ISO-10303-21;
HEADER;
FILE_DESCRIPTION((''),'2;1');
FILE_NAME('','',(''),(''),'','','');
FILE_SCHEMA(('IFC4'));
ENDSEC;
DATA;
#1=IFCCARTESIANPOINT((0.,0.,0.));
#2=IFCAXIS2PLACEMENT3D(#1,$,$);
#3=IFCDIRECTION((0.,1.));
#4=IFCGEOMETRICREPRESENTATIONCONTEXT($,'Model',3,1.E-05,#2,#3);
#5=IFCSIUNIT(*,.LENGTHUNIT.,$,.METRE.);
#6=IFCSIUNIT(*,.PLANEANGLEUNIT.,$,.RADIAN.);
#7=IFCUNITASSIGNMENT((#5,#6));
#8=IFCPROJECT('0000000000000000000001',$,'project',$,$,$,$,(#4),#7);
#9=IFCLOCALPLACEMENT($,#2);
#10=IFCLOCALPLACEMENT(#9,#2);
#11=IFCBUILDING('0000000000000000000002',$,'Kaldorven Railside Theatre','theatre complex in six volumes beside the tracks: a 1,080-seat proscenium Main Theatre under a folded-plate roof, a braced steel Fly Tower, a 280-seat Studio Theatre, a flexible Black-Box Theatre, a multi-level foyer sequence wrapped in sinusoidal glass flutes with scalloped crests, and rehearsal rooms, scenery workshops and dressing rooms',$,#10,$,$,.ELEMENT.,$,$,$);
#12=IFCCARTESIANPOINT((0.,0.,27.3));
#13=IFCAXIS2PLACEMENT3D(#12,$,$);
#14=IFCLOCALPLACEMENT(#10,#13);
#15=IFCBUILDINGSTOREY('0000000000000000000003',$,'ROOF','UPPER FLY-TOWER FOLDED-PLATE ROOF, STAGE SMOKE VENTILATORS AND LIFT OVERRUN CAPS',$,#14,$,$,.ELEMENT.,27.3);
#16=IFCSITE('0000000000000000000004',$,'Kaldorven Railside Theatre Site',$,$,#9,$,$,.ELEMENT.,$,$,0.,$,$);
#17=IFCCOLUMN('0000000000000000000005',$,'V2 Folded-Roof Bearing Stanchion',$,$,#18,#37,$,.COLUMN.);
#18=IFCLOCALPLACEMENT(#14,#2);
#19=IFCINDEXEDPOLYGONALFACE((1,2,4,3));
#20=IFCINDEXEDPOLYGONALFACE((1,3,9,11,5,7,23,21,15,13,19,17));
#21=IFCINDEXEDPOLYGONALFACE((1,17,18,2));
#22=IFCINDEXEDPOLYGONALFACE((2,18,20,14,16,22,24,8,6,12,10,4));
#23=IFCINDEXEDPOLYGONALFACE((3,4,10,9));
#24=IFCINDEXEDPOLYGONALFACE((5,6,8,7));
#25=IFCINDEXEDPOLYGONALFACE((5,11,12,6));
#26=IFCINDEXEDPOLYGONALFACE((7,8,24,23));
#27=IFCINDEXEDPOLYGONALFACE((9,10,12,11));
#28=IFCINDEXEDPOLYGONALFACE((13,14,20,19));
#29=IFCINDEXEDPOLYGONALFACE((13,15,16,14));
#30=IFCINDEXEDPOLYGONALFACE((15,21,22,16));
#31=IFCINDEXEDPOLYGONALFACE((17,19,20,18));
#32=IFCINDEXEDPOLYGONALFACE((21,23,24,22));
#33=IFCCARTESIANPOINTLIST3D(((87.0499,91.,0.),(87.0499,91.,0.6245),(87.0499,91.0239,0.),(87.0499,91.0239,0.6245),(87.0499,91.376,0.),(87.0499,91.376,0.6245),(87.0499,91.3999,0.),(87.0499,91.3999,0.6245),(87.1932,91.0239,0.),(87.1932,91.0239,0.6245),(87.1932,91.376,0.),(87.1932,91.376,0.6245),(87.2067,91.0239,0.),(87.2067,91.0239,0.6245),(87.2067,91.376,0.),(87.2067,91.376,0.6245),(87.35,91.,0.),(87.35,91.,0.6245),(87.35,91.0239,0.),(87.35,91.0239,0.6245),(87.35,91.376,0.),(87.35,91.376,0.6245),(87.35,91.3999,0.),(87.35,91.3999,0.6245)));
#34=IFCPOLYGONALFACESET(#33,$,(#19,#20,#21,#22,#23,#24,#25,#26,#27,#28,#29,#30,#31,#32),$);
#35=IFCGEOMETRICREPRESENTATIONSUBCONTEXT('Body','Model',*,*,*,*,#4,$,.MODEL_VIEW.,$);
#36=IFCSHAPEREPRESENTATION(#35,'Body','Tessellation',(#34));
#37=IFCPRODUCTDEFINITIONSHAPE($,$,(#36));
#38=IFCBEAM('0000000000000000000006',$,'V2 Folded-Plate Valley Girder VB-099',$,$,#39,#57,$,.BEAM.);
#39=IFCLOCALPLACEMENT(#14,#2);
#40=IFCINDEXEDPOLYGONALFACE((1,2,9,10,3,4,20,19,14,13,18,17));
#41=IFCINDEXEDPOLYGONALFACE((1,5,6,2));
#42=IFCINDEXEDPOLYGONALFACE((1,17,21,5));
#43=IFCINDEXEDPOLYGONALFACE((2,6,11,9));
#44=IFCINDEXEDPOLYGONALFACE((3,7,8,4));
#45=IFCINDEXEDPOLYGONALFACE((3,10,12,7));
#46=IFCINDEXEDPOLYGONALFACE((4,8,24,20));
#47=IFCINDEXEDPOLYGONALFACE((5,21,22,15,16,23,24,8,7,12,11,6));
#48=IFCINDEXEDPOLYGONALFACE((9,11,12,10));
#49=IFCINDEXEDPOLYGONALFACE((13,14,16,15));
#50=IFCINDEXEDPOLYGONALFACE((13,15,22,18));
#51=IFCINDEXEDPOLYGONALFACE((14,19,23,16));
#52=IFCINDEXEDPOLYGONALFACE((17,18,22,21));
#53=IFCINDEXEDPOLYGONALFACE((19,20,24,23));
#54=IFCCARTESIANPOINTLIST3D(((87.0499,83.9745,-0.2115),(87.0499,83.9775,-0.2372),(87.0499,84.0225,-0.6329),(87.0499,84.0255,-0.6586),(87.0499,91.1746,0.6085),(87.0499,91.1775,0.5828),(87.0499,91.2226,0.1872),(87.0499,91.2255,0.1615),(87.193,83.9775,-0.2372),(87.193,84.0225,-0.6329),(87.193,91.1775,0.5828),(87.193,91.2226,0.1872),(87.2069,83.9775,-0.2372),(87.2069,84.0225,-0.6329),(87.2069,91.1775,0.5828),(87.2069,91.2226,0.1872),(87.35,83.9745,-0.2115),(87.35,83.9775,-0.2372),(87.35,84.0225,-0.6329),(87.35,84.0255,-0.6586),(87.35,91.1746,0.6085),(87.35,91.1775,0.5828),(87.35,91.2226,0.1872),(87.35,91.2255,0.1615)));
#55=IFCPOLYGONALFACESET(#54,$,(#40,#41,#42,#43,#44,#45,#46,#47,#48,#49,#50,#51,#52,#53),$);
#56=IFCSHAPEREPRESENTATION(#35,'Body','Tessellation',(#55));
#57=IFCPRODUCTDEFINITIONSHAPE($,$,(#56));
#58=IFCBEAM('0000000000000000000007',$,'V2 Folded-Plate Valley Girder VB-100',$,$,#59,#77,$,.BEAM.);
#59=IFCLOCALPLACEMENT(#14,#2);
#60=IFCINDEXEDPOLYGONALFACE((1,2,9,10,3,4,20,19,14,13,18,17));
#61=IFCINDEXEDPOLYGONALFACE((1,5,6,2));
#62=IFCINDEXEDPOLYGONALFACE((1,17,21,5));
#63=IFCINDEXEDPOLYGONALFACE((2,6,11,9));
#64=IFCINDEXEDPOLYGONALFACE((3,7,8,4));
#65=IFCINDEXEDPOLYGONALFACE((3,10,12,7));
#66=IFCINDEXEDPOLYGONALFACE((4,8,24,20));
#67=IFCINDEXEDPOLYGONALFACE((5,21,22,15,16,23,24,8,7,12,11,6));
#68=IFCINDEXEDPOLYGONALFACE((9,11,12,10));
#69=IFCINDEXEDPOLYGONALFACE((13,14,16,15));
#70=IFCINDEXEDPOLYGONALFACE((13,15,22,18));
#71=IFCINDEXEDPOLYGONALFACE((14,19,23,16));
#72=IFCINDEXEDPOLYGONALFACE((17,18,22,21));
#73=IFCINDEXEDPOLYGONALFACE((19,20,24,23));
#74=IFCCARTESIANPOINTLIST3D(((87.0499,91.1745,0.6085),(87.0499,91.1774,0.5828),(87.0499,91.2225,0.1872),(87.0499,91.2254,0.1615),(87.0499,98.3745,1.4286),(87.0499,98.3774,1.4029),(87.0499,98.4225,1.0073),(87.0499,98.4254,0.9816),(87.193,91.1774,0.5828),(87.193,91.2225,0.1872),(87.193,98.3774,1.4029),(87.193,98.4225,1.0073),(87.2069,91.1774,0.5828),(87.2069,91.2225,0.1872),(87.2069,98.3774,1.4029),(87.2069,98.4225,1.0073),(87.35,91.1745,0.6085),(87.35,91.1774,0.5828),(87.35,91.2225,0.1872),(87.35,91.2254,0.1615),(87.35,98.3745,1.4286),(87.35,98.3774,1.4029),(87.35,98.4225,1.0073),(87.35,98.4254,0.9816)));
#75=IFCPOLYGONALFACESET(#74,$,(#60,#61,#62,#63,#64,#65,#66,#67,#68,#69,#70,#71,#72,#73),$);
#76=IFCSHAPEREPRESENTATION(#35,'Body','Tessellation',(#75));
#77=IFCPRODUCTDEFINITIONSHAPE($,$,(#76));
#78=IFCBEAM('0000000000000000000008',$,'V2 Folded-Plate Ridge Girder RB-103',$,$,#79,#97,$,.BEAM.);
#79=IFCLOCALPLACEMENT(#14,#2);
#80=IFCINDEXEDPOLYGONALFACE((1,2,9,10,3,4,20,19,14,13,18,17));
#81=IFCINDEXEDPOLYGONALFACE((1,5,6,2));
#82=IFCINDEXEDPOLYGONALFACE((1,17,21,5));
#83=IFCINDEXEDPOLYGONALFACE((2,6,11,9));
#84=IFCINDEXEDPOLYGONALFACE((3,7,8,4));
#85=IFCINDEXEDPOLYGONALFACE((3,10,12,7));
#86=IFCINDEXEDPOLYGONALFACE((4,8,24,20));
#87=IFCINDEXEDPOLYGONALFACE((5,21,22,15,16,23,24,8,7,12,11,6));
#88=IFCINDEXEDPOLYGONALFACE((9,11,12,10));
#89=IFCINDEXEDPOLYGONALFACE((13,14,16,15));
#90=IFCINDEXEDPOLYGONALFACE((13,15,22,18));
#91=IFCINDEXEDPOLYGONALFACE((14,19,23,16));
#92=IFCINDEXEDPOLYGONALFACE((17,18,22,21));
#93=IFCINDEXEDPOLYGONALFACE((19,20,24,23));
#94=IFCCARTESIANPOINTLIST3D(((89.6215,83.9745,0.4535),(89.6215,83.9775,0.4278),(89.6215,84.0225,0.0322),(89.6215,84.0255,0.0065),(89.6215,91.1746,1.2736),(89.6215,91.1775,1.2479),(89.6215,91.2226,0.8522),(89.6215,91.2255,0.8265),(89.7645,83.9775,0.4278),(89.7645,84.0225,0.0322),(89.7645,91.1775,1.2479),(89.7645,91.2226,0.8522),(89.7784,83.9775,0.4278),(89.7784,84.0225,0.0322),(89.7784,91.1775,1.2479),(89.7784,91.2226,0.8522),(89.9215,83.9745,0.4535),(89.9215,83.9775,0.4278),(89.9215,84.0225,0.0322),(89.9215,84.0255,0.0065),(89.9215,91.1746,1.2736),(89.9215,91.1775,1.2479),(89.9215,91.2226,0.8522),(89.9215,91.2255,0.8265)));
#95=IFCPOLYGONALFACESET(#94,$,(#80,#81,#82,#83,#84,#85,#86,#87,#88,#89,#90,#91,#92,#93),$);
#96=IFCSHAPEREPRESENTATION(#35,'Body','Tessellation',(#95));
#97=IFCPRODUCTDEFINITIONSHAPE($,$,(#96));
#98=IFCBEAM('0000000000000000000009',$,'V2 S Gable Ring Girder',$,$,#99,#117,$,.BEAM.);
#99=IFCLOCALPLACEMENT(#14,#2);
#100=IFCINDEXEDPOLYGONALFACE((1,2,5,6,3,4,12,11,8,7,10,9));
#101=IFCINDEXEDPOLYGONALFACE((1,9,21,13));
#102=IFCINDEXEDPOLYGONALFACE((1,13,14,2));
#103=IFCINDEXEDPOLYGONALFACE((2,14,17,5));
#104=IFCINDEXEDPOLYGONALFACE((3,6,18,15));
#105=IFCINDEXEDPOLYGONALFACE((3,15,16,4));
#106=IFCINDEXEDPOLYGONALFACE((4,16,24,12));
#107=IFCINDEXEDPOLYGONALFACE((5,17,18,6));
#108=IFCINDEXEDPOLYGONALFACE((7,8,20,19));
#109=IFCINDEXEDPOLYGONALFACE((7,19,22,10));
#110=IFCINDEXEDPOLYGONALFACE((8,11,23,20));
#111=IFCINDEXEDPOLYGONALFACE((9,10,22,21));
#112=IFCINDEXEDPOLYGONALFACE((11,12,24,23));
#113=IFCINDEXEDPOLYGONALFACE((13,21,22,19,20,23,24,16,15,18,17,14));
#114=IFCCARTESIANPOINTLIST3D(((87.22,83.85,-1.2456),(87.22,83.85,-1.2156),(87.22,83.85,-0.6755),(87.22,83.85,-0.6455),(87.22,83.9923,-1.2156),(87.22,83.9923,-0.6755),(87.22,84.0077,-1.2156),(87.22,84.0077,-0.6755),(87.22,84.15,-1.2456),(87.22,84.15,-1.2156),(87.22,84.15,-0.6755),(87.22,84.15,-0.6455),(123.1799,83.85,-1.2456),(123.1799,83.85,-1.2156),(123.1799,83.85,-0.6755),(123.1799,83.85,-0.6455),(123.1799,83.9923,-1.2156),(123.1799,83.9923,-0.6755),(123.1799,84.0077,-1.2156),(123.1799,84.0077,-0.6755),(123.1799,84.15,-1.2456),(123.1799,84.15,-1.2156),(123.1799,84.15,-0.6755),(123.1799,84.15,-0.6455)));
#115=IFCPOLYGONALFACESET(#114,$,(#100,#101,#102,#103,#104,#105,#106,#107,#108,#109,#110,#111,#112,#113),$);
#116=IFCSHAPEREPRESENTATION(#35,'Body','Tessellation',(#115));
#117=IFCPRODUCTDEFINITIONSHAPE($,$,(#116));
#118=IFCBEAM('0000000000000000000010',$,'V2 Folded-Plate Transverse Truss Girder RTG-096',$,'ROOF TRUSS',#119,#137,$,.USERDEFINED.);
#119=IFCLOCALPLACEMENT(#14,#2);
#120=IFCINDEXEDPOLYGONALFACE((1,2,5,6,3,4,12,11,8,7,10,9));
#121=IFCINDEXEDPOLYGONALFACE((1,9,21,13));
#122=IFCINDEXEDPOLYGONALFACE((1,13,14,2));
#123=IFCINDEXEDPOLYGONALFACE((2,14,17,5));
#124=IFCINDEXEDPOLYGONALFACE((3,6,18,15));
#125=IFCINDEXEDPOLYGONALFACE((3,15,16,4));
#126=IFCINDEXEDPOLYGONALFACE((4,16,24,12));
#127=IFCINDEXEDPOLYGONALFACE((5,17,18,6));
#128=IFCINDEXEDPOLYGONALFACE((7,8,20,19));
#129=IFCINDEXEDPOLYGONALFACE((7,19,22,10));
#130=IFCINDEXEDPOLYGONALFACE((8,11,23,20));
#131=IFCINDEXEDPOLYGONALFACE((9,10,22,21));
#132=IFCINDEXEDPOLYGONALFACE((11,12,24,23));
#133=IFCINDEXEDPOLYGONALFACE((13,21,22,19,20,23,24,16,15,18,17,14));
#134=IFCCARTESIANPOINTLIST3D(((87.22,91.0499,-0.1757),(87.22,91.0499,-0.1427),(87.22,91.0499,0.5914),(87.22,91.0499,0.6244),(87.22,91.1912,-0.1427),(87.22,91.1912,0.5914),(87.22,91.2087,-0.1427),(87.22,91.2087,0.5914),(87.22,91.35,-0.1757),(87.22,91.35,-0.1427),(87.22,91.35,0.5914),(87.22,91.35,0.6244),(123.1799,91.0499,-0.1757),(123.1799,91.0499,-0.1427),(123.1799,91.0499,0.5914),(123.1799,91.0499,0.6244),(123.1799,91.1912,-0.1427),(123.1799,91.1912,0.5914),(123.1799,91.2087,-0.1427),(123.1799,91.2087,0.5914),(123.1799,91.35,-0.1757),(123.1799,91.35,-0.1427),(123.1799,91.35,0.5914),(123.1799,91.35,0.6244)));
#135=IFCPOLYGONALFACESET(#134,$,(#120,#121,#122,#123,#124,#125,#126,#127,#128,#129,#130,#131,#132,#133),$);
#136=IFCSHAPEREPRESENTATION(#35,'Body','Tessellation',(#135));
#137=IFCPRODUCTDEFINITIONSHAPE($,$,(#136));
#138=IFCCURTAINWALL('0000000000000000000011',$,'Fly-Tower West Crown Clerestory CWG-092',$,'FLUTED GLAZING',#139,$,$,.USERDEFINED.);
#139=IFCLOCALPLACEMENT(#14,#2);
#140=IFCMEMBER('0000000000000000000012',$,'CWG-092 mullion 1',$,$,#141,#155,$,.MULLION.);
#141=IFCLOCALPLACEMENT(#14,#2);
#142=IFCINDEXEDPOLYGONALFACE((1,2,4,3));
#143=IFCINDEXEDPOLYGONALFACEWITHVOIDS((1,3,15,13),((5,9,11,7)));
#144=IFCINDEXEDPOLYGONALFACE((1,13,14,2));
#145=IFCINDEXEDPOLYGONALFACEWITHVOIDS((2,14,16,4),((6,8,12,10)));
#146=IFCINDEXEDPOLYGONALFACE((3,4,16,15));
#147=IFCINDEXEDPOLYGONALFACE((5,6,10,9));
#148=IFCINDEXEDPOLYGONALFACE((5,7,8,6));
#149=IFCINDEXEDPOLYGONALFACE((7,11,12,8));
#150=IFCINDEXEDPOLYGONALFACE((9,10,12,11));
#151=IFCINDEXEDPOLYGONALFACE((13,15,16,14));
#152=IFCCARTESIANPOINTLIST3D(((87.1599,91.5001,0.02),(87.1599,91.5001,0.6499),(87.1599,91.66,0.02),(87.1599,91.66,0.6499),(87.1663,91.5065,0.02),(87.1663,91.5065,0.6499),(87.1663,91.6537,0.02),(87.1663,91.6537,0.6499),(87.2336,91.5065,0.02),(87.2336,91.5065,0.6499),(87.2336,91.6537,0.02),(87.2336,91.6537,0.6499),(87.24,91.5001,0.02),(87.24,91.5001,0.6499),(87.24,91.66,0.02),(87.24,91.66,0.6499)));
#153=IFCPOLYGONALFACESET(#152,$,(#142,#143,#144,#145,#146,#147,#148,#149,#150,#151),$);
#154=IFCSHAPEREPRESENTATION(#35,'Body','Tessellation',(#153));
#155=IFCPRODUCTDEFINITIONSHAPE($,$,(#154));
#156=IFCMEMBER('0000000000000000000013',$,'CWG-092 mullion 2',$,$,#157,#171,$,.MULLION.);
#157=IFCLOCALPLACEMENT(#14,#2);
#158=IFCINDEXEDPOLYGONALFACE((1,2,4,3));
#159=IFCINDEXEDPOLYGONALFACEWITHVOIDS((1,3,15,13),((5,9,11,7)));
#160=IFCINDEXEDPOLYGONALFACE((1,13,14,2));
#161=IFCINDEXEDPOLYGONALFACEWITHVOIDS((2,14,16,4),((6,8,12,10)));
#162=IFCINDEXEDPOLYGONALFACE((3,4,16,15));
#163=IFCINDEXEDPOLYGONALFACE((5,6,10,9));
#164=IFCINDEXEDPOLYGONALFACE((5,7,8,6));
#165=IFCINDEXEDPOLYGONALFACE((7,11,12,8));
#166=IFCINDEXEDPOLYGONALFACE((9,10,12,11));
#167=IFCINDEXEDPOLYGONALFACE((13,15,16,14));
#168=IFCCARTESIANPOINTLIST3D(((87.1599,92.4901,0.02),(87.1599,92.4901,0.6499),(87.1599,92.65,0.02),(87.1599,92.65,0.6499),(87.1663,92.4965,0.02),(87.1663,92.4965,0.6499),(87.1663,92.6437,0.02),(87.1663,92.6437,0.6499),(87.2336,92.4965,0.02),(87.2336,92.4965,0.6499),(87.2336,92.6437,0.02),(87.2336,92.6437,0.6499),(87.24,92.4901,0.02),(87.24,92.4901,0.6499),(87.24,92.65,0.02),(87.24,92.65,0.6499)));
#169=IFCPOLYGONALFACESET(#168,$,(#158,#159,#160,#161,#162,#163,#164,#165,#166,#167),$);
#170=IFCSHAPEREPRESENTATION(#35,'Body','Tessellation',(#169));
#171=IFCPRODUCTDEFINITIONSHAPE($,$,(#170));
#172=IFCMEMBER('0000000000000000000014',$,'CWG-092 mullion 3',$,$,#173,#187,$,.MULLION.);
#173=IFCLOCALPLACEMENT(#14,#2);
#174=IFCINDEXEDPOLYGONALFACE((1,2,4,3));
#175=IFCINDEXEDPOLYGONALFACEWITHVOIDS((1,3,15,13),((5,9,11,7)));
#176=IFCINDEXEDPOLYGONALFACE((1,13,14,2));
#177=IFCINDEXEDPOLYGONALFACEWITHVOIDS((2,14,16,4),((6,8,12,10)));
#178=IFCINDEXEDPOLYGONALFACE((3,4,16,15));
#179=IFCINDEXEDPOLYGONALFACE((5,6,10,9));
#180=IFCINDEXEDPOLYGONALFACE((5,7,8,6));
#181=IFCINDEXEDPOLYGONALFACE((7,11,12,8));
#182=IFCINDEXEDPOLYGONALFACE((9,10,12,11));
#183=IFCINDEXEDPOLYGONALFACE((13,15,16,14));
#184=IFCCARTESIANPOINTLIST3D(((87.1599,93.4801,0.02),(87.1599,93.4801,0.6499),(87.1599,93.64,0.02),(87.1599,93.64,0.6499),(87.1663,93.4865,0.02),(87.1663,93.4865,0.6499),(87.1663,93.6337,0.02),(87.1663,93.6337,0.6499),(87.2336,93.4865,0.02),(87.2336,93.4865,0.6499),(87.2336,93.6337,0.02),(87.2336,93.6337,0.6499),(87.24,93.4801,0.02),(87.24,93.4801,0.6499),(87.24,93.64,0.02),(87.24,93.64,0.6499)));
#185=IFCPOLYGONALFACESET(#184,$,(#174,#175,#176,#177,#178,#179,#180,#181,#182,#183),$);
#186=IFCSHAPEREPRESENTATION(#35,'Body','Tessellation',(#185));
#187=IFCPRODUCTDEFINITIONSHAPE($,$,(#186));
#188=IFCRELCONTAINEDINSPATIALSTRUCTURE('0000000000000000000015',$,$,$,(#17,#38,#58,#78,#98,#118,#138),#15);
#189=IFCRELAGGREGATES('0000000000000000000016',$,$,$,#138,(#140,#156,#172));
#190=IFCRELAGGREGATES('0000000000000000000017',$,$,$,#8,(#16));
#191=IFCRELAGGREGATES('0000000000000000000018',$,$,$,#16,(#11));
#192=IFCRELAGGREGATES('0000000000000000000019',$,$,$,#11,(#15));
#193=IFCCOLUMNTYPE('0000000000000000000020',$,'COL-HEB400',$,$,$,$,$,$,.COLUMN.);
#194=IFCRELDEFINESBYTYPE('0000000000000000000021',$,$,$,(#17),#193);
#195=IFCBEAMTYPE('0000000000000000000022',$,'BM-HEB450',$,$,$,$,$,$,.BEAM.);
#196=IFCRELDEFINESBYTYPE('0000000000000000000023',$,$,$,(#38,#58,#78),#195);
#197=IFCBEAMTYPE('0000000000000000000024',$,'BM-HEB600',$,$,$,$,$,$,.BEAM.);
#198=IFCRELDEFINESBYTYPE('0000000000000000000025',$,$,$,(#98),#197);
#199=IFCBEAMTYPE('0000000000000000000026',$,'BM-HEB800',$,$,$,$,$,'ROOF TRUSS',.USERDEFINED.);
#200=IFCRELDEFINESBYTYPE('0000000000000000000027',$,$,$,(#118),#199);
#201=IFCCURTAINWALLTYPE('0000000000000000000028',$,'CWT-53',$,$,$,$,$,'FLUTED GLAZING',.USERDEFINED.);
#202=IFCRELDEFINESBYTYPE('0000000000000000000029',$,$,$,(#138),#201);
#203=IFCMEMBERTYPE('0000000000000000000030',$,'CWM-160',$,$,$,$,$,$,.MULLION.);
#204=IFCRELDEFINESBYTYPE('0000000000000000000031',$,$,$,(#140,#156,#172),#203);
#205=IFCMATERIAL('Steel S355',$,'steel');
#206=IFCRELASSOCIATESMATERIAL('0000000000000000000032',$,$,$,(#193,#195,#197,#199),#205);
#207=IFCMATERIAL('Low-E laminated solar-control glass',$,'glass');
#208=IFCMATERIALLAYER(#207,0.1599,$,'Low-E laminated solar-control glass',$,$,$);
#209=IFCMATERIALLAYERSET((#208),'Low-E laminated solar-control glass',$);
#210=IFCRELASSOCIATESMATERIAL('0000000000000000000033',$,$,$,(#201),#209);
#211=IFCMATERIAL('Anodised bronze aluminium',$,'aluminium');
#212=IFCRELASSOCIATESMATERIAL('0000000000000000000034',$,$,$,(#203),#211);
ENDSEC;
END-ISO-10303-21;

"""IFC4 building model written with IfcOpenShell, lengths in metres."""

from ifc_helpers import new_model, si_unit, direction, frame, origin, origin_2d, place, context, subcontext, project, spatial, hollow_rectangle, i_section, extrude, material, layer, layer_set, material_profile, profile_set, type_object, element, aggregate, save


model = new_model("IFC4")

# Units and contexts
model_context = context("Model", 3, precision=1e-05, world=origin(), true_north=direction((0.0, 1.0)))
body_context = subcontext(model_context, "Body", "Model", "MODEL_VIEW")
ifc_project = project(units=[si_unit("LENGTHUNIT", "METRE"), si_unit("PLANEANGLEUNIT", "RADIAN")], contexts=[model_context])

# Site, building, storey
site_placement = place(None, origin())
site = spatial("IfcSite", under=ifc_project, at=site_placement, Name="Kaldorven Railside Theatre Site", CompositionType="ELEMENT", RefElevation=0.0)
building_placement = place(site_placement, origin())
building = spatial("IfcBuilding", under=site, at=building_placement, Name="Kaldorven Railside Theatre", Description="theatre complex in six volumes beside the tracks: a 1,080-seat proscenium Main Theatre under a folded-plate roof, a braced steel Fly Tower, a 280-seat Studio Theatre, a flexible Black-Box Theatre, a multi-level foyer sequence wrapped in sinusoidal glass flutes with scalloped crests, and rehearsal rooms, scenery workshops and dressing rooms", CompositionType="ELEMENT")
storey_placement = place(building_placement, frame((0.0, 0.0, 27.3)))
storey = spatial("IfcBuildingStorey", under=building, at=storey_placement, Name="ROOF", Description="UPPER FLY-TOWER FOLDED-PLATE ROOF, STAGE SMOKE VENTILATORS AND LIFT OVERRUN CAPS", CompositionType="ELEMENT", Elevation=27.3)

# Column
ifc_material_1 = material(Name="Steel S355", Category="steel")
ifc_material_profile_1 = material_profile(ifc_material_1, i_section(OverallWidth=0.3, OverallDepth=0.3999, WebThickness=0.0134, FlangeThickness=0.0239, at=origin_2d()), Name="HEB 400")
ifc_profile_set_1 = profile_set([ifc_material_profile_1], Name="Steel S355")
column_type = type_object("IfcColumnType", Name="COL-HEB400", PredefinedType="COLUMN", material=ifc_profile_set_1)
column_placement = place(storey_placement, frame((87.2, 91.2, 0.0), z_axis=(0.0, 0.0, 1.0), x_axis=(1.0, 0.0, 0.0)))
element("IfcColumn", 1, at=column_placement, inside=storey, type_object=column_type, Name="V2 Folded-Roof Bearing Stanchion", PredefinedType="COLUMN", context=body_context, shape_type="SweptSolid", body=[
    extrude(i_section(OverallWidth=0.3, OverallDepth=0.3999, WebThickness=0.0134, FlangeThickness=0.0239, at=origin_2d()), origin(), (0.0, 0.0, 1.0), 0.6245),
])

# Beams
ifc_material_profile_2 = material_profile(ifc_material_1, i_section(OverallWidth=0.3, OverallDepth=0.45, WebThickness=0.0139, FlangeThickness=0.0259, at=origin_2d()), Name="HEB 450")
ifc_profile_set_2 = profile_set([ifc_material_profile_2], Name="Steel S355")
beam_type_1 = type_object("IfcBeamType", Name="BM-HEB450", PredefinedType="BEAM", material=ifc_profile_set_2)
for number, where, z_axis, x_axis, name in (
    (2, (87.2, 84.0, -0.4351), (0.0, 0.993576, 0.113167), (-1.0, 0.0, 0.0), "V2 Folded-Plate Valley Girder VB-099"),
    (3, (87.2, 91.2, 0.385), (0.0, 0.993576, 0.113167), (-1.0, 0.0, 0.0), "V2 Folded-Plate Valley Girder VB-100"),
    (4, (89.7715, 84.0, 0.23), (0.0, 0.993576, 0.113167), (-1.0, 0.0, 0.0), "V2 Folded-Plate Ridge Girder RB-103"),
):
    element("IfcBeam", number, at=place(storey_placement, frame(where, z_axis=z_axis, x_axis=x_axis)), inside=storey, type_object=beam_type_1, Name=name, PredefinedType="BEAM", context=body_context, shape_type="SweptSolid", body=[
        extrude(i_section(OverallWidth=0.3, OverallDepth=0.45, WebThickness=0.0139, FlangeThickness=0.0259, at=origin_2d()), origin(), (0.0, 0.0, 1.0), 7.2466),
    ])
ifc_material_profile_3 = material_profile(ifc_material_1, i_section(OverallWidth=0.3, OverallDepth=0.6001, WebThickness=0.0154, FlangeThickness=0.03, at=origin_2d()), Name="HEB 600")
ifc_profile_set_3 = profile_set([ifc_material_profile_3], Name="Steel S355")
beam_type_2 = type_object("IfcBeamType", Name="BM-HEB600", PredefinedType="BEAM", material=ifc_profile_set_3)
beam_1_placement = place(storey_placement, frame((87.22, 84.0, -0.9456), z_axis=(1.0, 0.0, 0.0), x_axis=(0.0, 1.0, 0.0)))
element("IfcBeam", 5, at=beam_1_placement, inside=storey, type_object=beam_type_2, Name="V2 S Gable Ring Girder", PredefinedType="BEAM", context=body_context, shape_type="SweptSolid", body=[
    extrude(i_section(OverallWidth=0.3, OverallDepth=0.6001, WebThickness=0.0154, FlangeThickness=0.03, at=origin_2d()), origin(), (0.0, 0.0, 1.0), 35.96),
])
ifc_material_profile_4 = material_profile(ifc_material_1, i_section(OverallWidth=0.3, OverallDepth=0.8, WebThickness=0.0176, FlangeThickness=0.033, at=origin_2d()), Name="HEB 800")
ifc_profile_set_4 = profile_set([ifc_material_profile_4], Name="Steel S355")
beam_type_3 = type_object("IfcBeamType", Name="BM-HEB800", ElementType="ROOF TRUSS", PredefinedType="USERDEFINED", material=ifc_profile_set_4)
beam_2_placement = place(storey_placement, frame((87.22, 91.2, 0.2244), z_axis=(1.0, 0.0, 0.0), x_axis=(0.0, 1.0, 0.0)))
element("IfcBeam", 6, at=beam_2_placement, inside=storey, type_object=beam_type_3, Name="V2 Folded-Plate Transverse Truss Girder RTG-096", ObjectType="ROOF TRUSS", PredefinedType="USERDEFINED", context=body_context, shape_type="SweptSolid", body=[
    extrude(i_section(OverallWidth=0.3, OverallDepth=0.8, WebThickness=0.0176, FlangeThickness=0.033, at=origin_2d()), origin(), (0.0, 0.0, 1.0), 35.96),
])

# Curtain wall, members
ifc_material_2 = material(Name="Low-E laminated solar-control glass", Category="glass")
ifc_layer_1 = layer(ifc_material_2, 0.1599, Name="Low-E laminated solar-control glass")
ifc_layer_set_1 = layer_set([ifc_layer_1], Name="Low-E laminated solar-control glass")
curtain_wall_type_1 = type_object("IfcCurtainWallType", Name="CWT-53", ElementType="FLUTED GLAZING", PredefinedType="USERDEFINED", material=ifc_layer_set_1)
curtain_wall_1_placement = place(storey_placement, origin())
curtain_wall_1 = element("IfcCurtainWall", 7, at=curtain_wall_1_placement, inside=storey, type_object=curtain_wall_type_1, Name="Fly-Tower West Crown Clerestory CWG-092", ObjectType="FLUTED GLAZING", PredefinedType="USERDEFINED")
ifc_material_3 = material(Name="Anodised bronze aluminium", Category="aluminium")
ifc_material_profile_5 = material_profile(ifc_material_3, hollow_rectangle(XDim=0.0801, YDim=0.1599, WallThickness=0.0063, at=origin_2d()), Name="RHS 160x80x6.3")
ifc_profile_set_5 = profile_set([ifc_material_profile_5], Name="Anodised bronze aluminium")
member_type_1 = type_object("IfcMemberType", Name="CWM-160", PredefinedType="MULLION", material=ifc_profile_set_5)
member_1_placement = place(storey_placement, frame((87.2, 91.5801, 0.02), z_axis=(0.0, 0.0, 1.0), x_axis=(-1.0, 0.0, 0.0)))
member_1 = element("IfcMember", 8, at=member_1_placement, type_object=member_type_1, Name="CWG-092 mullion 1", PredefinedType="MULLION", context=body_context, shape_type="SweptSolid", body=[
    extrude(hollow_rectangle(XDim=0.0801, YDim=0.1599, WallThickness=0.0063, at=origin_2d()), origin(), (0.0, 0.0, 1.0), 0.6299),
])
member_2_placement = place(storey_placement, frame((87.2, 92.5701, 0.02), z_axis=(0.0, 0.0, 1.0), x_axis=(-1.0, 0.0, 0.0)))
member_2 = element("IfcMember", 9, at=member_2_placement, type_object=member_type_1, Name="CWG-092 mullion 2", PredefinedType="MULLION", context=body_context, shape_type="SweptSolid", body=[
    extrude(hollow_rectangle(XDim=0.0801, YDim=0.1599, WallThickness=0.0063, at=origin_2d()), origin(), (0.0, 0.0, 1.0), 0.6299),
])
member_3_placement = place(storey_placement, frame((87.2, 93.5601, 0.02), z_axis=(0.0, 0.0, 1.0), x_axis=(-1.0, 0.0, 0.0)))
member_3 = element("IfcMember", 10, at=member_3_placement, type_object=member_type_1, Name="CWG-092 mullion 3", PredefinedType="MULLION", context=body_context, shape_type="SweptSolid", body=[
    extrude(hollow_rectangle(XDim=0.0801, YDim=0.1599, WallThickness=0.0063, at=origin_2d()), origin(), (0.0, 0.0, 1.0), 0.6299),
])

aggregate(curtain_wall_1, [member_1, member_2, member_3])

save(model, "model.ifc")
